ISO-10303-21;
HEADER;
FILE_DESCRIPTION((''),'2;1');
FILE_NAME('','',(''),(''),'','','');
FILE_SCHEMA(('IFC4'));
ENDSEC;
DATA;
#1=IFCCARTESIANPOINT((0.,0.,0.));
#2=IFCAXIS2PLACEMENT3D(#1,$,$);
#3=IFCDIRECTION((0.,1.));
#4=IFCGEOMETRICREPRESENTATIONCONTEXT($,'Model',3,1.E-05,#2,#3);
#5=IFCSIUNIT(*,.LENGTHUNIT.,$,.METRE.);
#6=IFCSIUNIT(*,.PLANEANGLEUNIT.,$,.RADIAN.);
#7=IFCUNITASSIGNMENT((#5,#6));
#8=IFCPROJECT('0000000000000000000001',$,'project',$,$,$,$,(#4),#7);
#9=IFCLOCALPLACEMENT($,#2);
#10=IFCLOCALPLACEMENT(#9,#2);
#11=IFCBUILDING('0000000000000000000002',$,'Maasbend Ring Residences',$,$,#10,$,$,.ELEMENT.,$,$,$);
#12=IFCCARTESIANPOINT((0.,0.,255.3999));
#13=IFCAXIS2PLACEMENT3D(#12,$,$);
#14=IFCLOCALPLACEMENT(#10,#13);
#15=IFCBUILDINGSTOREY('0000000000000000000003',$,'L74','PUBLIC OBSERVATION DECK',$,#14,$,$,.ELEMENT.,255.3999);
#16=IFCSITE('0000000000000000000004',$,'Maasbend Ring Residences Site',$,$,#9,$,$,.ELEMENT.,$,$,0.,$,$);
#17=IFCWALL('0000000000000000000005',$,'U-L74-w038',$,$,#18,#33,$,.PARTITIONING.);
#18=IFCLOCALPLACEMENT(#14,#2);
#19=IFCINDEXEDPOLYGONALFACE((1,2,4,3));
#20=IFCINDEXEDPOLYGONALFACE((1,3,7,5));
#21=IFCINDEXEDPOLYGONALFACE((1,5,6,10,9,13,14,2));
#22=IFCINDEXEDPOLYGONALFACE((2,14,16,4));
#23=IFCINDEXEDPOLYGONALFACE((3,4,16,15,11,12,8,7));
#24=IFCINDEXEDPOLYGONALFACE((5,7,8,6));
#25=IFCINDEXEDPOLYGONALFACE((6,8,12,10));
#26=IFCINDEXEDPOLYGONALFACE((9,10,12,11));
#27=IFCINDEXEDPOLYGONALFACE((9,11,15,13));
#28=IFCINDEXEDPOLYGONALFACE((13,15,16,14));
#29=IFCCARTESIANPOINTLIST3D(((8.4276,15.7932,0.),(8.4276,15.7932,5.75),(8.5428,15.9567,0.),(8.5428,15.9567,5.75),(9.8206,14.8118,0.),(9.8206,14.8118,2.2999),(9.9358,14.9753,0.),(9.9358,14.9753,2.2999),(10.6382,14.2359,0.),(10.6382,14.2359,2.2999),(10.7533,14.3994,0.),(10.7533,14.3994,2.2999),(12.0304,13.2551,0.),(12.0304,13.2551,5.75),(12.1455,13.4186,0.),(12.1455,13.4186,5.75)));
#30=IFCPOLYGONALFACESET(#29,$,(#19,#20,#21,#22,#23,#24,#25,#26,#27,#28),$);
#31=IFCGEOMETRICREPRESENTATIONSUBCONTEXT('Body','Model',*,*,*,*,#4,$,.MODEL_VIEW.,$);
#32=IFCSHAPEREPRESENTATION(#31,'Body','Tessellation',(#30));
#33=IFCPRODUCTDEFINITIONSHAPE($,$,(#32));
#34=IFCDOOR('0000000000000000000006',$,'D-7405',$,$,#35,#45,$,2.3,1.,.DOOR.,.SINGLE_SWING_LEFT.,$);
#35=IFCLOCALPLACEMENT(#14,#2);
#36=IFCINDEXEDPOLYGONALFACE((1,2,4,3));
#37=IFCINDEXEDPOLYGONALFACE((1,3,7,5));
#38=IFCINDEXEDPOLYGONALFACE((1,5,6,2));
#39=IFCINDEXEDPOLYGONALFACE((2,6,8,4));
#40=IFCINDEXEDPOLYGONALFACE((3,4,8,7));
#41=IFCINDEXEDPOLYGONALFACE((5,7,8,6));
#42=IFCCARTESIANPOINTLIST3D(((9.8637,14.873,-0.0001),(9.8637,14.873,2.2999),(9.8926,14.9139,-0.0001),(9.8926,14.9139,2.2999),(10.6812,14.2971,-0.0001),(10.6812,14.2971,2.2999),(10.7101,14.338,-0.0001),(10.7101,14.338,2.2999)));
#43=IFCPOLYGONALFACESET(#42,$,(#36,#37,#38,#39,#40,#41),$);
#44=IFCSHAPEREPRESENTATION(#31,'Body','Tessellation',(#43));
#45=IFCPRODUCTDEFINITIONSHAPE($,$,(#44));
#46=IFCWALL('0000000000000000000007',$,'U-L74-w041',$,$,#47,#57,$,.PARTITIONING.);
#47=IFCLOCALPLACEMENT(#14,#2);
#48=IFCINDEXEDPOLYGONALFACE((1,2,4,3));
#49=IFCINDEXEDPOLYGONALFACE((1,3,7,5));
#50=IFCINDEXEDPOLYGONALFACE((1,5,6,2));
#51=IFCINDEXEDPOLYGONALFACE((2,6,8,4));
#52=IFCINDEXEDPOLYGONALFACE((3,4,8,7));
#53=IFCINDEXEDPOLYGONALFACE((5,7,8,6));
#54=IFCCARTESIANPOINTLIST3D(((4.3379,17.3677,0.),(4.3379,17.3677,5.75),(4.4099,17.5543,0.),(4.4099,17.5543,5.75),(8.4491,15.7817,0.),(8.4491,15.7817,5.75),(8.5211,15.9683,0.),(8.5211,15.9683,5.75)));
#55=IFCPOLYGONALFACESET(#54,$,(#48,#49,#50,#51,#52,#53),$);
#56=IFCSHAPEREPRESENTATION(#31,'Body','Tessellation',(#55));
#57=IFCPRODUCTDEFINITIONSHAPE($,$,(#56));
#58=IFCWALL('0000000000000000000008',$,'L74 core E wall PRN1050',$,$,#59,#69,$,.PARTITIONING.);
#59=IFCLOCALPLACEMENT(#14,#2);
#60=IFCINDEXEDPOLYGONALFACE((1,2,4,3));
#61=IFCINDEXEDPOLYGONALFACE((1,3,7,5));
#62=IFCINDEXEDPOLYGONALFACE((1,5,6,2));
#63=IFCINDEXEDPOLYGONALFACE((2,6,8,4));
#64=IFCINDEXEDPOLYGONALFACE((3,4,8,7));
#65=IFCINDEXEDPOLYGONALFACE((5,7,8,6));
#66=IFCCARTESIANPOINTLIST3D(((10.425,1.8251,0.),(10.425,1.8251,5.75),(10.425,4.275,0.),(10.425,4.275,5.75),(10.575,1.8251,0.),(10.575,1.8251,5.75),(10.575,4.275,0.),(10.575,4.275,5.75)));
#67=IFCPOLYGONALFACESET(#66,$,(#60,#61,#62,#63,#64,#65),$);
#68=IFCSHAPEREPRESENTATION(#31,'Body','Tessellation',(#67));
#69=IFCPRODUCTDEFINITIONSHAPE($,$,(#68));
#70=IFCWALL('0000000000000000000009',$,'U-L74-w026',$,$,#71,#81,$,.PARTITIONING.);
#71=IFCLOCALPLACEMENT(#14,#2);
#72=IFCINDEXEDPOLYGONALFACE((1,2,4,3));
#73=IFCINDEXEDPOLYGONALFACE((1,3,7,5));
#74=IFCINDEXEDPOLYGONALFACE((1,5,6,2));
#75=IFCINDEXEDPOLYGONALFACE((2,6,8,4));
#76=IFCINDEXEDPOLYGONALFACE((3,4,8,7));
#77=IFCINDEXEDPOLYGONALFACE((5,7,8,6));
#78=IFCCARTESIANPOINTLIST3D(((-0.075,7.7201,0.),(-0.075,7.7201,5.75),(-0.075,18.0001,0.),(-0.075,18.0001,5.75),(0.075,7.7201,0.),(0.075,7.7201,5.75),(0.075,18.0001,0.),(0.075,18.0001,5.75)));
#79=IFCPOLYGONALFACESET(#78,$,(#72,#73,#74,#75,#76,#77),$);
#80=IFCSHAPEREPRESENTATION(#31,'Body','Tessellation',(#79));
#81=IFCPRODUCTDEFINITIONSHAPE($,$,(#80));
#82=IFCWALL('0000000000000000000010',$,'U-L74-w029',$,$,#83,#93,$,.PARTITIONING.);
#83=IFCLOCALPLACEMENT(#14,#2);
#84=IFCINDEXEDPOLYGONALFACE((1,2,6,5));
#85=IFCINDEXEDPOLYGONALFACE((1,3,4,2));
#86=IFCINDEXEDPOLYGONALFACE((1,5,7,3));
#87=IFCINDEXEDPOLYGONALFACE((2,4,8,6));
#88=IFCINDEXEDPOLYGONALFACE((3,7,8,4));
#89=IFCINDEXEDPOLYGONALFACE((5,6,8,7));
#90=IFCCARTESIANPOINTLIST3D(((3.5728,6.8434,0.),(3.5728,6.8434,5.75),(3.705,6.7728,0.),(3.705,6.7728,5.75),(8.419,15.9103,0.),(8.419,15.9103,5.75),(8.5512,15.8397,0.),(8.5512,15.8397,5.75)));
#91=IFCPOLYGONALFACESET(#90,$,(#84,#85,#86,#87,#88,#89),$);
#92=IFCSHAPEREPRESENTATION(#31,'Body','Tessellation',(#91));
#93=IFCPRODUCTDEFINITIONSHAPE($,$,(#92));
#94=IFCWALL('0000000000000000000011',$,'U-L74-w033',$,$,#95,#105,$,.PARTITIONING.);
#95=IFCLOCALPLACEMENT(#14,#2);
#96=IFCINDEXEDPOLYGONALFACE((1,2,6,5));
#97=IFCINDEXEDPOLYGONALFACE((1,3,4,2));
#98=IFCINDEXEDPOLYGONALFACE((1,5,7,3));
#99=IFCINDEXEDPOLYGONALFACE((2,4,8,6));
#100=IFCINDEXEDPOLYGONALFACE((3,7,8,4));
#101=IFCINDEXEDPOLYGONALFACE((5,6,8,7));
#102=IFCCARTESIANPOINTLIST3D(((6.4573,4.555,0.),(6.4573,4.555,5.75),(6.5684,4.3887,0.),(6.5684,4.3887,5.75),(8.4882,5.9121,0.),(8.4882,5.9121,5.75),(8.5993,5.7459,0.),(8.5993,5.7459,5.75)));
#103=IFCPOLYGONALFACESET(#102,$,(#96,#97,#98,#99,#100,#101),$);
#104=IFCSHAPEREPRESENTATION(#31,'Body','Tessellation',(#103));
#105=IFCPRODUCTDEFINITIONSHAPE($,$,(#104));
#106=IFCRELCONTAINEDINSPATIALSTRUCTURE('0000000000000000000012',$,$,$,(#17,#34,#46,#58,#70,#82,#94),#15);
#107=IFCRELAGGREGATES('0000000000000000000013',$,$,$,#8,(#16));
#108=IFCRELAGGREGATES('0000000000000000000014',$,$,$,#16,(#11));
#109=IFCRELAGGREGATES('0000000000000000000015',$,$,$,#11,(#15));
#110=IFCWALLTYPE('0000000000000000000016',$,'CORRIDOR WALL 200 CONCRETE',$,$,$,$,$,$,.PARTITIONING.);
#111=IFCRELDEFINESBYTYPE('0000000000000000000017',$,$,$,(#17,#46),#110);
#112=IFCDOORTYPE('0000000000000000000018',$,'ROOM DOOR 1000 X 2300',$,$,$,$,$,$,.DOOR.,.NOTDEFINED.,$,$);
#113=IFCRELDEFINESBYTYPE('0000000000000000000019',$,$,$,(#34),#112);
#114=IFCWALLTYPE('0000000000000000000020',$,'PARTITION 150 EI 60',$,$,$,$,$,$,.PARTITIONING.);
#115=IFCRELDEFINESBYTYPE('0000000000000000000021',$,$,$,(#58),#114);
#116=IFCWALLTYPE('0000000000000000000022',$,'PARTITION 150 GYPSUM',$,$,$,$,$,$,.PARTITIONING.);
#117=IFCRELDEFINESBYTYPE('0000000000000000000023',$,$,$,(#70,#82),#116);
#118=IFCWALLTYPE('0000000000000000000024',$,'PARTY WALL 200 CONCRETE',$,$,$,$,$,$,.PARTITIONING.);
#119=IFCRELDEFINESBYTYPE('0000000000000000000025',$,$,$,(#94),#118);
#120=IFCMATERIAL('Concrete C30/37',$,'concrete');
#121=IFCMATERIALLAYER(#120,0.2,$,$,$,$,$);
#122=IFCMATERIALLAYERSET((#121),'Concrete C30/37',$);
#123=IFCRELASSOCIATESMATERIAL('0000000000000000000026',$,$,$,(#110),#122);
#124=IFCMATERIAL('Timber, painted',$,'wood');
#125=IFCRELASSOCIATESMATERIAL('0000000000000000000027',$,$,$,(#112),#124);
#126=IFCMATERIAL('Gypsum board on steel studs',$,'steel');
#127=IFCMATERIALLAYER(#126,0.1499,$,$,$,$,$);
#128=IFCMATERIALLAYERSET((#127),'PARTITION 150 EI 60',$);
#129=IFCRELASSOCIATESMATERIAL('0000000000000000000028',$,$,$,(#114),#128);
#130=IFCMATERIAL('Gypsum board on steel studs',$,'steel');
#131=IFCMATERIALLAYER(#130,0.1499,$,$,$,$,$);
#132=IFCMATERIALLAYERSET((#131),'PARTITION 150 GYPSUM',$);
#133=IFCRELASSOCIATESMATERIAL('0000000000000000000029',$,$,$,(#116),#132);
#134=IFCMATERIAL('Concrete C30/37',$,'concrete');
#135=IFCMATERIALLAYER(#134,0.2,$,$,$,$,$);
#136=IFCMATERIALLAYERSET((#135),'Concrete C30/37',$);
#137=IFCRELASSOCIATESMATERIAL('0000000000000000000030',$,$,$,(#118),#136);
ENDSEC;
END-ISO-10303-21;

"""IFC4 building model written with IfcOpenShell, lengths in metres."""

from ifc_helpers import new_model, si_unit, direction, frame, frame_2d, origin, place, context, subcontext, project, spatial, rectangle, extrude, material, layer, layer_set, type_object, element, fill, save


model = new_model("IFC4")

# Units and contexts
model_context = context("Model", 3, precision=1e-05, world=origin(), true_north=direction((0.0, 1.0)))
body_context = subcontext(model_context, "Body", "Model", "MODEL_VIEW")
ifc_project = project(units=[si_unit("LENGTHUNIT", "METRE"), si_unit("PLANEANGLEUNIT", "RADIAN")], contexts=[model_context])

# Site, building, storey
site_placement = place(None, origin())
site = spatial("IfcSite", under=ifc_project, at=site_placement, Name="Maasbend Ring Residences Site", CompositionType="ELEMENT", RefElevation=0.0)
building_placement = place(site_placement, origin())
building = spatial("IfcBuilding", under=site, at=building_placement, Name="Maasbend Ring Residences", CompositionType="ELEMENT")
storey_placement = place(building_placement, frame((0.0, 0.0, 255.3999)))
storey = spatial("IfcBuildingStorey", under=building, at=storey_placement, Name="L74", Description="PUBLIC OBSERVATION DECK", CompositionType="ELEMENT", Elevation=255.3999)

# Wall, opening, door
ifc_material_1 = material(Name="Concrete C30/37", Category="concrete")
ifc_layer_1 = layer(ifc_material_1, 0.2)
ifc_layer_set_1 = layer_set([ifc_layer_1], Name="Concrete C30/37")
wall_type_1 = type_object("IfcWallType", Name="CORRIDOR WALL 200 CONCRETE", PredefinedType="PARTITIONING", material=ifc_layer_set_1)
ifc_material_2 = material(Name="Timber, painted", Category="wood")
door_type_1 = type_object("IfcDoorType", Name="ROOM DOOR 1000 X 2300", OperationType="NOTDEFINED", PredefinedType="DOOR", material=ifc_material_2)
wall_1_placement = place(storey_placement, frame((8.4851, 15.875, 0.0), z_axis=(0.0, 0.0, 1.0), x_axis=(0.817508, -0.575917, 0.0)))
wall_1 = element("IfcWall", 1, at=wall_1_placement, inside=storey, type_object=wall_type_1, Name="U-L74-w038", PredefinedType="PARTITIONING", context=body_context, shape_type="SweptSolid", body=[
    extrude(rectangle(XDim=4.407, YDim=0.2, at=frame_2d((2.2036, 0.0))), origin(), (0.0, 0.0, 1.0), 5.75),
])
opening_1_placement = place(wall_1_placement, frame((1.7041, 0.0, 0.0)))
opening_1 = element("IfcOpeningElement", 2, at=opening_1_placement, cuts=wall_1, PredefinedType="OPENING", context=body_context, shape_type="SweptSolid", body=[
    extrude(rectangle(XDim=1.0, YDim=2.3, at=frame_2d((0.5, 1.1499))), frame((0.0, 0.1099, 0.0), z_axis=(0.0, -1.0, 0.0), x_axis=(1.0, 0.0, 0.0)), (0.0, 0.0, 1.0), 0.22),
])
door_1_placement = place(opening_1_placement, origin())
door_1 = element("IfcDoor", 3, at=door_1_placement, inside=storey, type_object=door_type_1, Name="D-7405", OperationType="SINGLE_SWING_LEFT", OverallHeight=2.3, OverallWidth=1.0, PredefinedType="DOOR", context=body_context, shape_type="SweptSolid", body=[
    extrude(rectangle(XDim=1.0, YDim=2.3, at=frame_2d((0.5, 1.1499))), frame((0.0, 0.0249, 0.0), z_axis=(0.0, -1.0, 0.0), x_axis=(1.0, 0.0, 0.0)), (0.0, 0.0, 1.0), 0.05),
])
fill(opening_1, door_1)

# Walls
wall_2_placement = place(storey_placement, frame((4.374, 17.4609, 0.0), z_axis=(0.0, 0.0, 1.0), x_axis=(0.932984, -0.359918, 0.0)))
element("IfcWall", 4, at=wall_2_placement, inside=storey, type_object=wall_type_1, Name="U-L74-w041", PredefinedType="PARTITIONING", context=body_context, shape_type="SweptSolid", body=[
    extrude(rectangle(XDim=4.4065, YDim=0.2, at=frame_2d((2.2031, 0.0))), origin(), (0.0, 0.0, 1.0), 5.75),
])
ifc_material_3 = material(Name="Gypsum board on steel studs", Category="steel")
ifc_layer_2 = layer(ifc_material_3, 0.1499)
ifc_layer_set_2 = layer_set([ifc_layer_2], Name="PARTITION 150 EI 60")
wall_type_2 = type_object("IfcWallType", Name="PARTITION 150 EI 60", PredefinedType="PARTITIONING", material=ifc_layer_set_2)
wall_3_placement = place(storey_placement, frame((10.5, 1.825, 0.0), z_axis=(0.0, 0.0, 1.0), x_axis=(0.0, 1.0, 0.0)))
element("IfcWall", 5, at=wall_3_placement, inside=storey, type_object=wall_type_2, Name="L74 core E wall PRN1050", PredefinedType="PARTITIONING", context=body_context, shape_type="SweptSolid", body=[
    extrude(rectangle(XDim=2.45, YDim=0.1499, at=frame_2d((1.2251, 0.0))), origin(), (0.0, 0.0, 1.0), 5.75),
])
ifc_material_4 = material(Name="Gypsum board on steel studs", Category="steel")
ifc_layer_3 = layer(ifc_material_4, 0.1499)
ifc_layer_set_3 = layer_set([ifc_layer_3], Name="PARTITION 150 GYPSUM")
wall_type_3 = type_object("IfcWallType", Name="PARTITION 150 GYPSUM", PredefinedType="PARTITIONING", material=ifc_layer_set_3)
wall_4_placement = place(storey_placement, frame((0.0, 7.72, 0.0), z_axis=(0.0, 0.0, 1.0), x_axis=(0.0, 1.0, 0.0)))
element("IfcWall", 6, at=wall_4_placement, inside=storey, type_object=wall_type_3, Name="U-L74-w026", PredefinedType="PARTITIONING", context=body_context, shape_type="SweptSolid", body=[
    extrude(rectangle(XDim=10.28, YDim=0.1499, at=frame_2d((5.1401, 0.0))), origin(), (0.0, 0.0, 1.0), 5.75),
])
wall_5_placement = place(storey_placement, frame((3.6389, 6.8081, 0.0), z_axis=(0.0, 0.0, 1.0), x_axis=(0.471384, 0.881928, 0.0)))
element("IfcWall", 7, at=wall_5_placement, inside=storey, type_object=wall_type_3, Name="U-L74-w029", PredefinedType="PARTITIONING", context=body_context, shape_type="SweptSolid", body=[
    extrude(rectangle(XDim=10.2808, YDim=0.1499, at=frame_2d((5.1404, 0.0))), origin(), (0.0, 0.0, 1.0), 5.75),
])
ifc_material_5 = material(Name="Concrete C30/37", Category="concrete")
ifc_layer_4 = layer(ifc_material_5, 0.2)
ifc_layer_set_4 = layer_set([ifc_layer_4], Name="Concrete C30/37")
wall_type_4 = type_object("IfcWallType", Name="PARTY WALL 200 CONCRETE", PredefinedType="PARTITIONING", material=ifc_layer_set_4)
wall_6_placement = place(storey_placement, frame((6.5129, 4.4719, 0.0), z_axis=(0.0, 0.0, 1.0), x_axis=(0.83145, 0.555599, 0.0)))
element("IfcWall", 8, at=wall_6_placement, inside=storey, type_object=wall_type_4, Name="U-L74-w033", PredefinedType="PARTITIONING", context=body_context, shape_type="SweptSolid", body=[
    extrude(rectangle(XDim=2.4426, YDim=0.2, at=frame_2d((1.2212, 0.0))), origin(), (0.0, 0.0, 1.0), 5.75),
])

save(model, "model.ifc")
